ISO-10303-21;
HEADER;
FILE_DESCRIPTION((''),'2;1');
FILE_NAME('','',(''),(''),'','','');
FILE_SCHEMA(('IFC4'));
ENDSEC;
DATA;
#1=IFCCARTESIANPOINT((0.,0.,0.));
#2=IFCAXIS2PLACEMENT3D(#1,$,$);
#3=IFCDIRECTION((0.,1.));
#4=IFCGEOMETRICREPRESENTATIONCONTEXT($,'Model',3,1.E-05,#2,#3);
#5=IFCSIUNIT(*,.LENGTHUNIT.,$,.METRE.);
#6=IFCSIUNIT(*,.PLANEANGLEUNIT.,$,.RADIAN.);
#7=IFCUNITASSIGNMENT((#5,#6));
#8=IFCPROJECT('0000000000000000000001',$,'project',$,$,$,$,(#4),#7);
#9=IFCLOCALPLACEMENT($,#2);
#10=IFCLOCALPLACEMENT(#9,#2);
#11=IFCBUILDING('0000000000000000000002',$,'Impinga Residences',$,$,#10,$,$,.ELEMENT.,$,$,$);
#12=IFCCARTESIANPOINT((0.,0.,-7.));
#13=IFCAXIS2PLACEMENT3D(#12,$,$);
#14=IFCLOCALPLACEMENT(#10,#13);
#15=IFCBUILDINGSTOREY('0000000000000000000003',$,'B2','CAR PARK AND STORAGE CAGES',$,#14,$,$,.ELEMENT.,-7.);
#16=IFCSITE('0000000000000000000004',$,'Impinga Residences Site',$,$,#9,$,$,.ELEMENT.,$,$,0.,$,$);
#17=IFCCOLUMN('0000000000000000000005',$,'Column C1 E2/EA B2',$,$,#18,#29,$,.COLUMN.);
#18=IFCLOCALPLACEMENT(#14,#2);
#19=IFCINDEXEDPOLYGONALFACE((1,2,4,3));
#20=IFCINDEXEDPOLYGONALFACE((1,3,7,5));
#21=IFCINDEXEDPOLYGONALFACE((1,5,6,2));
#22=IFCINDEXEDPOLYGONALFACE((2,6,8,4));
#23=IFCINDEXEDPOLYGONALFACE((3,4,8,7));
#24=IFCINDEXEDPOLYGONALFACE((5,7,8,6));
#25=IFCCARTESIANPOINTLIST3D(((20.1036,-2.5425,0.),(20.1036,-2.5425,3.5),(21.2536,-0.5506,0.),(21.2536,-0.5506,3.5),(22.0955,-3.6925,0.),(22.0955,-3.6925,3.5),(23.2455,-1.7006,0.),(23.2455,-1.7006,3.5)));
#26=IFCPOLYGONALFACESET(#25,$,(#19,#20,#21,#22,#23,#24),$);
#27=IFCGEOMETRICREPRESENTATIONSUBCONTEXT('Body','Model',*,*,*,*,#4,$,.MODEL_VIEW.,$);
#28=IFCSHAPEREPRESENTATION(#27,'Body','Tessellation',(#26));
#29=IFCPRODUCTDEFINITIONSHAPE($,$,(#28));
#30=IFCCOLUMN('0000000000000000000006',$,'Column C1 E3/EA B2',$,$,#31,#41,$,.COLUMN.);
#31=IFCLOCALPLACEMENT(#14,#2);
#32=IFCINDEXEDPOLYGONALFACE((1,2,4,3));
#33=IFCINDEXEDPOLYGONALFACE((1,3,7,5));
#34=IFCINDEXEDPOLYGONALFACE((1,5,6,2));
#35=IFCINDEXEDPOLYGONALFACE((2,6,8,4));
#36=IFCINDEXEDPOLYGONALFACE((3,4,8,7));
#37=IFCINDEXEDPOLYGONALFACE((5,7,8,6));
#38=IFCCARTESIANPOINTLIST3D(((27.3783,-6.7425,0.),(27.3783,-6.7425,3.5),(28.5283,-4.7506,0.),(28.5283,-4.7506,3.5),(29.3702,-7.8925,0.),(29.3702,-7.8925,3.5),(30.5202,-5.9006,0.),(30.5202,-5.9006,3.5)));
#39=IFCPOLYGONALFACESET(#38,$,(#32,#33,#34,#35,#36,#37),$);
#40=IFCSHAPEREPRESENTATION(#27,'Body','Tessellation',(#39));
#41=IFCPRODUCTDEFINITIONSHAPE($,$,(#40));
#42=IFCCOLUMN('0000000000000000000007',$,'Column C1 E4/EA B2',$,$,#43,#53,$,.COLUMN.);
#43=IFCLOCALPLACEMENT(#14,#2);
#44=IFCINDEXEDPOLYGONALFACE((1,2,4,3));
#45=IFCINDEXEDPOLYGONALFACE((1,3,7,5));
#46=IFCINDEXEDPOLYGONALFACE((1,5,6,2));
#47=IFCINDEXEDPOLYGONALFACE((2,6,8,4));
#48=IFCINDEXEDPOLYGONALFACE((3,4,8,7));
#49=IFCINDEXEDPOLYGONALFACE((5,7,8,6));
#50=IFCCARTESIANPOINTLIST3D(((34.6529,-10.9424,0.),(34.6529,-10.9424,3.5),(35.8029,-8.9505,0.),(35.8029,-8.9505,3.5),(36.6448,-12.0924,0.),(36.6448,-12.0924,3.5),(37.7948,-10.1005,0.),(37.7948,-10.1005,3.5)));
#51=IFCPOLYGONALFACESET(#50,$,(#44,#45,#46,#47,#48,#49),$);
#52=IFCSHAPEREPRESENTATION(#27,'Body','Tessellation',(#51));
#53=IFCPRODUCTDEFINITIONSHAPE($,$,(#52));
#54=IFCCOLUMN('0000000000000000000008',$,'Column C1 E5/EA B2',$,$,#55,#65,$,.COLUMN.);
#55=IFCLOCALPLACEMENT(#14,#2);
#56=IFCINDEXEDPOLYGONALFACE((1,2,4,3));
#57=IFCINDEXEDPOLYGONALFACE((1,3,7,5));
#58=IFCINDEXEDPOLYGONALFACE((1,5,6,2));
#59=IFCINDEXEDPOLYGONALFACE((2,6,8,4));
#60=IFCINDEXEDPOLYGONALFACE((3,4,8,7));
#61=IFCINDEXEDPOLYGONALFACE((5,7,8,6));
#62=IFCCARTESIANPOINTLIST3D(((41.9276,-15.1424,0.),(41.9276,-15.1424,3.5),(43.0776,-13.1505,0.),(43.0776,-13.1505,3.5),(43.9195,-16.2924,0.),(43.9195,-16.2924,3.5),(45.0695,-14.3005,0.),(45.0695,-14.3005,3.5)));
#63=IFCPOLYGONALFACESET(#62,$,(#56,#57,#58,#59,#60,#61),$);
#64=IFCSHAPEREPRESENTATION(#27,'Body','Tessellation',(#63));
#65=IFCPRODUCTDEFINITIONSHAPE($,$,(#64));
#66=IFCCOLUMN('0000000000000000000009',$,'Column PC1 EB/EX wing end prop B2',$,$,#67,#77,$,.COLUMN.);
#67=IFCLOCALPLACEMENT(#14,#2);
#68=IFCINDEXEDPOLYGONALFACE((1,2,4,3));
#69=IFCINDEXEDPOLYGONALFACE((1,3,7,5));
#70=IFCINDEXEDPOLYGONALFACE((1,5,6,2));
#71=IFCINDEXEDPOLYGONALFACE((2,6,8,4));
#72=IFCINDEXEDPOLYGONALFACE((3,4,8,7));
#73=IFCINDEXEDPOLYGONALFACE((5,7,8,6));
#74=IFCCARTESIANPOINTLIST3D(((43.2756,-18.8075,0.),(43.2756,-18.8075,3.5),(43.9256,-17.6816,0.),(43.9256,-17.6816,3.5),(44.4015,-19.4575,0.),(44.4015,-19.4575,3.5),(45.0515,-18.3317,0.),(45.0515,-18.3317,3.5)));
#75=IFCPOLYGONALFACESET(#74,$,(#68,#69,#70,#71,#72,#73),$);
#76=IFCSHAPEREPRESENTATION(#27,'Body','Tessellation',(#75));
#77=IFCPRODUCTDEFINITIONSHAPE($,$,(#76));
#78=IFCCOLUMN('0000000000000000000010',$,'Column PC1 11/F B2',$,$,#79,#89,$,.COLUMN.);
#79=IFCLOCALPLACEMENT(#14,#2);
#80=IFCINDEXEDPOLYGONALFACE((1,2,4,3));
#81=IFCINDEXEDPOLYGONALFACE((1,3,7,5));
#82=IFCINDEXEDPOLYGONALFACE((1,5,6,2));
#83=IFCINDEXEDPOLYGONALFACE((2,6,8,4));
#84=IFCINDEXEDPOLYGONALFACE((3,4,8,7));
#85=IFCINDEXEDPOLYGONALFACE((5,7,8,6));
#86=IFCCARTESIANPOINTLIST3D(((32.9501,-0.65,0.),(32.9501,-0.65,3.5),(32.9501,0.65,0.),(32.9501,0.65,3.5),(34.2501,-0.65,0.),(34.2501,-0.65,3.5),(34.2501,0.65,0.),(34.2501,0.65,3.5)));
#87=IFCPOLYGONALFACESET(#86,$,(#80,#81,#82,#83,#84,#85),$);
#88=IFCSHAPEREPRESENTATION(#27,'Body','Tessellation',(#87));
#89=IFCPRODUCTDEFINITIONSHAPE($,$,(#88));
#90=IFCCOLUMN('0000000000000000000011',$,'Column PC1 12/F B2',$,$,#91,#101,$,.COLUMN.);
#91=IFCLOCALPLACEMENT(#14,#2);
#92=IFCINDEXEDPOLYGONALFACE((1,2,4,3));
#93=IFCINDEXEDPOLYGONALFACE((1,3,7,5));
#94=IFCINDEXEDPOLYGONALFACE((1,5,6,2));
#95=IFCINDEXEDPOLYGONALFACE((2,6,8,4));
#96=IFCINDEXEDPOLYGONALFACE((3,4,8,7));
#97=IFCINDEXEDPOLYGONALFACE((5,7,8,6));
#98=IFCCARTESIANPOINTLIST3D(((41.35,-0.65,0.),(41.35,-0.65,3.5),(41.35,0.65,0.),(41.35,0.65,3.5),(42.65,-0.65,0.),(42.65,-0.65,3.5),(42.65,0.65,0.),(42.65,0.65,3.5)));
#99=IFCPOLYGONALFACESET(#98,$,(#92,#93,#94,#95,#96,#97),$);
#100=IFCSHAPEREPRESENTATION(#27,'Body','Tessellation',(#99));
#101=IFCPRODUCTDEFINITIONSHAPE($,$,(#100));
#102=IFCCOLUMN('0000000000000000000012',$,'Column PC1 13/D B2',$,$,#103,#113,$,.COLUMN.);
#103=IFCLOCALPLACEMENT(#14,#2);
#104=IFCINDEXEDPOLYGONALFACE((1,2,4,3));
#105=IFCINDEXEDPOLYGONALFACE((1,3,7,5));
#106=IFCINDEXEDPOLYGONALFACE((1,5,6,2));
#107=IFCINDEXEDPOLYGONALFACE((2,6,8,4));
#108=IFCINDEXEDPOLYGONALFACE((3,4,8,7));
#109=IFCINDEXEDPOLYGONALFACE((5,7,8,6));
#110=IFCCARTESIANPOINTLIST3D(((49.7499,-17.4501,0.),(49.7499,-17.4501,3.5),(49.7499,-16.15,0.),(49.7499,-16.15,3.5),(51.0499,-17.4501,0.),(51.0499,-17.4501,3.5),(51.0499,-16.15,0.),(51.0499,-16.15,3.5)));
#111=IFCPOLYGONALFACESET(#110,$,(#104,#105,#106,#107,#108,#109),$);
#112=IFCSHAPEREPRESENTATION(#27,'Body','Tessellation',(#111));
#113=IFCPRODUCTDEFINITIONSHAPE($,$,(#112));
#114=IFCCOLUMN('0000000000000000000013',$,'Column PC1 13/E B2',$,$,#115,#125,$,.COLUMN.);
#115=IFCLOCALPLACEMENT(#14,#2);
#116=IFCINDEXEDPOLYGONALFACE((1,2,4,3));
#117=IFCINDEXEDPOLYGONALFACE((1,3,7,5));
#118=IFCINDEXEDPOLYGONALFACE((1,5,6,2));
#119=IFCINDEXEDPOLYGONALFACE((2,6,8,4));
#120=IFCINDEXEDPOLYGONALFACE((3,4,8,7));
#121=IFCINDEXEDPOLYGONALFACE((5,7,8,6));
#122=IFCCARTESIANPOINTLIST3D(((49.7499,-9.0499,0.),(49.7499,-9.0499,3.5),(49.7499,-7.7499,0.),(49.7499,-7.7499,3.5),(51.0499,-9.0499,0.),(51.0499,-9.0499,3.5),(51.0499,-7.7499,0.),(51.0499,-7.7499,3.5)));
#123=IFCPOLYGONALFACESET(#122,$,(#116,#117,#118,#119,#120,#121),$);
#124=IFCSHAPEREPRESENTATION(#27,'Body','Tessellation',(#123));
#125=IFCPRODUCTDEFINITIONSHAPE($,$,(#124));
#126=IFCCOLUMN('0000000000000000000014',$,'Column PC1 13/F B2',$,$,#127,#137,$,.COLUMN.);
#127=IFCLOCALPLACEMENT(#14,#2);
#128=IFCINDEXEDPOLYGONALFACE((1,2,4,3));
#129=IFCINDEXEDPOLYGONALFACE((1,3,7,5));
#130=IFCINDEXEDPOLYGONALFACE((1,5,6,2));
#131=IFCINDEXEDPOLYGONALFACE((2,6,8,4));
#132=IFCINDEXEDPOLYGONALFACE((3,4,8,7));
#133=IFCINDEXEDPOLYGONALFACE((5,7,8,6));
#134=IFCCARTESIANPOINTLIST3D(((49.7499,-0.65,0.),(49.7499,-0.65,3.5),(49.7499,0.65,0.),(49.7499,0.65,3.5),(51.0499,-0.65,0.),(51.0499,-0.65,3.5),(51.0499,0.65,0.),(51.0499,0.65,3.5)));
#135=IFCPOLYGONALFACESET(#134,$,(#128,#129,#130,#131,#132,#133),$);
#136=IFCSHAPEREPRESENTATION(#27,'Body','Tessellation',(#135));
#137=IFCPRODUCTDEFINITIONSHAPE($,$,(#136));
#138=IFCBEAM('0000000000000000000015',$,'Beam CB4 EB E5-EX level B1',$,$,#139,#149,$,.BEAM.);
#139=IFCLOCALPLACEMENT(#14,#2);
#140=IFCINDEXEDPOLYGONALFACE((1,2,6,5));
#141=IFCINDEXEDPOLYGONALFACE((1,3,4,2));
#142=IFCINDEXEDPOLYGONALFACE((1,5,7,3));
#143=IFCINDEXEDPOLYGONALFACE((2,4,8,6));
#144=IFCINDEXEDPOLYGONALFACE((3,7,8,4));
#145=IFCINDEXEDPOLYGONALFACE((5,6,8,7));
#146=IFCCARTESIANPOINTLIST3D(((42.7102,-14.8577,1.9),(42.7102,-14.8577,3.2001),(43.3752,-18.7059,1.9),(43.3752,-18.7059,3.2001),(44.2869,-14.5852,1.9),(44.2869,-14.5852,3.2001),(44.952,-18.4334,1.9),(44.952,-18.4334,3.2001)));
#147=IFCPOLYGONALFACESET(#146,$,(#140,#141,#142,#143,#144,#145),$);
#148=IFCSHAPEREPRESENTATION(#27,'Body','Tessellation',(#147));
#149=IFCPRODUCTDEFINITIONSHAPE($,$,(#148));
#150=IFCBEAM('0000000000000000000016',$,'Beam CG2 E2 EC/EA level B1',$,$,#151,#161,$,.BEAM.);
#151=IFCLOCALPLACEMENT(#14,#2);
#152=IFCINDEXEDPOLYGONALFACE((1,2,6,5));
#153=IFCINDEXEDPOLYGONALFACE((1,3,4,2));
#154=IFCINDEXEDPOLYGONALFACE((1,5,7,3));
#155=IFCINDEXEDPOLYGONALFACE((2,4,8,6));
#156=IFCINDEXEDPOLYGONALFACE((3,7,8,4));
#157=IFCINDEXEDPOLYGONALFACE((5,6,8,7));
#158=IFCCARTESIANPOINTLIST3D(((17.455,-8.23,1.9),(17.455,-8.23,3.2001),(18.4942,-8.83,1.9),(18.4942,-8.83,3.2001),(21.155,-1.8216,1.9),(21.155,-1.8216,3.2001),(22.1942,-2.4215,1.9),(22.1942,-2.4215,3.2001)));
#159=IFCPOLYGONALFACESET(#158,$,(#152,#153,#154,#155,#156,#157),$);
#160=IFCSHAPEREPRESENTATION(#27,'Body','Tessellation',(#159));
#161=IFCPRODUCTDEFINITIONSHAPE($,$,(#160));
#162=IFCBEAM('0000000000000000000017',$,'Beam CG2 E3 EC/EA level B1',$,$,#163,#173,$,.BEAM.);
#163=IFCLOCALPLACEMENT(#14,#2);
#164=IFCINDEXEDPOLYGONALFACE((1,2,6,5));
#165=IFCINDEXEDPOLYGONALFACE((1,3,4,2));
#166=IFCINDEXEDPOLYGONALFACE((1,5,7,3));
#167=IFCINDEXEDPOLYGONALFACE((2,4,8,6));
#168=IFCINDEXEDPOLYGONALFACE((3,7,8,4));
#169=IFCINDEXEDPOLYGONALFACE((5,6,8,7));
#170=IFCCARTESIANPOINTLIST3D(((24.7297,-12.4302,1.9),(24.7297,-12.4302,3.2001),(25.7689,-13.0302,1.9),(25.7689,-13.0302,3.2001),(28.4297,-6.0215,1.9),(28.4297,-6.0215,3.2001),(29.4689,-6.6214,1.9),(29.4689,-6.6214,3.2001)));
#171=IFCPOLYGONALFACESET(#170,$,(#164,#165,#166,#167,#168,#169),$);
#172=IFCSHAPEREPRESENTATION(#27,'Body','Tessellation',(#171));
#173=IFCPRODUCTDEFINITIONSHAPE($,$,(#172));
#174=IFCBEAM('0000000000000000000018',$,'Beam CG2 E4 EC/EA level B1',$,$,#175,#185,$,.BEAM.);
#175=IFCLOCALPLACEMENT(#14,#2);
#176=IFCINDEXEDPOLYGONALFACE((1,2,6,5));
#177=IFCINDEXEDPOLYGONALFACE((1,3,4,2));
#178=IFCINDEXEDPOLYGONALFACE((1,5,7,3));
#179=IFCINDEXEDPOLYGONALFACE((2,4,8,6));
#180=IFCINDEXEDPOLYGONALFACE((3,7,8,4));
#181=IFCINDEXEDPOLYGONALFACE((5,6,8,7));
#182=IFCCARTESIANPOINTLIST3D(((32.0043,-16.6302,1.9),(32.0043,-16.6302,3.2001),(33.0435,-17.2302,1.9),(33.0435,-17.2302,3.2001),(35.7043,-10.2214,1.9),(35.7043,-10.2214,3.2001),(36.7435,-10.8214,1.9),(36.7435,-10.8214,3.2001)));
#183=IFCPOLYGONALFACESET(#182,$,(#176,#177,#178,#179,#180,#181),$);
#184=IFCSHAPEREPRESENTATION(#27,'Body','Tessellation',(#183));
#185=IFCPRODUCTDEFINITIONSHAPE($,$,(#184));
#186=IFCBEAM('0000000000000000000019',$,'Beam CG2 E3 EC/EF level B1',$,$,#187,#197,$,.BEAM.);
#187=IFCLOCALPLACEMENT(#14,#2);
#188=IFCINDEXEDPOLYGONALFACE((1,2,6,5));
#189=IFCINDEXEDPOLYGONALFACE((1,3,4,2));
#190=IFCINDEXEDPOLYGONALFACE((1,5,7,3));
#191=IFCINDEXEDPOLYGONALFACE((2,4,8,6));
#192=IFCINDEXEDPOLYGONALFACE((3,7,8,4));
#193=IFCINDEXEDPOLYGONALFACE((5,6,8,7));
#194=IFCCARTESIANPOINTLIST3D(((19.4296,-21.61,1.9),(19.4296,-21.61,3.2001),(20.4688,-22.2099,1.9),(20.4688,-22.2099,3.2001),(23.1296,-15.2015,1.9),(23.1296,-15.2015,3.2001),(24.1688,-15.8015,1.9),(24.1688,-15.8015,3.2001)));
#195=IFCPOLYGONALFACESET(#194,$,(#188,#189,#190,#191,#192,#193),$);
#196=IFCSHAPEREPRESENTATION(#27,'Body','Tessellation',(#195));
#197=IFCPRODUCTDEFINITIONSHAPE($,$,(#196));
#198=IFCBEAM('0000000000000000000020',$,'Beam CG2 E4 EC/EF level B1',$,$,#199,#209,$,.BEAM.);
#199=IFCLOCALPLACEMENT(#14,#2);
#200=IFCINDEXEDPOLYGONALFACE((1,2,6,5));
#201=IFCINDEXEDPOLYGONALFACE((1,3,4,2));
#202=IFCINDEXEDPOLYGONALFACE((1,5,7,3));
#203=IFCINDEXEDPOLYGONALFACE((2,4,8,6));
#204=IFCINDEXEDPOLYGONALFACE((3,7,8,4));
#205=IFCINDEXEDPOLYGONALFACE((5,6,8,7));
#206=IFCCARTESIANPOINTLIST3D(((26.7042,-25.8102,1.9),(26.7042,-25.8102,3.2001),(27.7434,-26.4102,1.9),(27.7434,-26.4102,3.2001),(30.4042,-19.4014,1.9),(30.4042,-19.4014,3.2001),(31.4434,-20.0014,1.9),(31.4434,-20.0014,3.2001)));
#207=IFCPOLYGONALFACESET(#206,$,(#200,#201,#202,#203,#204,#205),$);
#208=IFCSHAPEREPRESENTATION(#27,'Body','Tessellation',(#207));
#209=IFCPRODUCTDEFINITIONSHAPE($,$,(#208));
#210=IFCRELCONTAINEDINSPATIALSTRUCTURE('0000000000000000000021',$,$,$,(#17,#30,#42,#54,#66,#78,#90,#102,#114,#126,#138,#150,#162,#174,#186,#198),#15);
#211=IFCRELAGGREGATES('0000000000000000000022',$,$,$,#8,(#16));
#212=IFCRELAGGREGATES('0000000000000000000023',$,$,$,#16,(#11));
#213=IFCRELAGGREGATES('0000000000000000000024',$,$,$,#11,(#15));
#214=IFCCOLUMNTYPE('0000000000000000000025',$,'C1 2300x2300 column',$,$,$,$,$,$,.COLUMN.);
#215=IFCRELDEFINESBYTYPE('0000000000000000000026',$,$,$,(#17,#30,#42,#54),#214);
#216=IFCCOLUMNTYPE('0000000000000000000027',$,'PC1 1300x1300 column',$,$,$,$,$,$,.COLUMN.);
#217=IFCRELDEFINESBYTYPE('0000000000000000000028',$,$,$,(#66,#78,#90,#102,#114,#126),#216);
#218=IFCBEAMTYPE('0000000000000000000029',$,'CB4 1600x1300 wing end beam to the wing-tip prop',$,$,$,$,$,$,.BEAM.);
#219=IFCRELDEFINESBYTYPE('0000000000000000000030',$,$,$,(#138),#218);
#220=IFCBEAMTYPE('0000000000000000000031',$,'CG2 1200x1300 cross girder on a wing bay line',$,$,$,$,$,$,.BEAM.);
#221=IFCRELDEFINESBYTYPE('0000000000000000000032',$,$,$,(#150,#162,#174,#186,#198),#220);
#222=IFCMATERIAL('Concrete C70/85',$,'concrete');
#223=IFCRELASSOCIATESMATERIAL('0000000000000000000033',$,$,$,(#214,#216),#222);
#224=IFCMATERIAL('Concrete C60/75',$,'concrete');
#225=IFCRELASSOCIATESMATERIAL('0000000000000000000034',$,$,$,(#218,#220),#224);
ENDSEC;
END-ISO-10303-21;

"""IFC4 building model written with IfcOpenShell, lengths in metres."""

from ifc_helpers import new_model, si_unit, direction, frame, origin, origin_2d, place, context, subcontext, project, spatial, rectangle, extrude, material, material_profile, profile_set, type_object, element, save


model = new_model("IFC4")

# Units and contexts
model_context = context("Model", 3, precision=1e-05, world=origin(), true_north=direction((0.0, 1.0)))
body_context = subcontext(model_context, "Body", "Model", "MODEL_VIEW")
ifc_project = project(units=[si_unit("LENGTHUNIT", "METRE"), si_unit("PLANEANGLEUNIT", "RADIAN")], contexts=[model_context])

# Site, building, storey
site_placement = place(None, origin())
site = spatial("IfcSite", under=ifc_project, at=site_placement, Name="Impinga Residences Site", CompositionType="ELEMENT", RefElevation=0.0)
building_placement = place(site_placement, origin())
building = spatial("IfcBuilding", under=site, at=building_placement, Name="Impinga Residences", CompositionType="ELEMENT")
storey_placement = place(building_placement, frame((0.0, 0.0, -7.0)))
storey = spatial("IfcBuildingStorey", under=building, at=storey_placement, Name="B2", Description="CAR PARK AND STORAGE CAGES", CompositionType="ELEMENT", Elevation=-7.0)

# Columns
ifc_material_1 = material(Name="Concrete C70/85", Category="concrete")
ifc_material_profile_1 = material_profile(ifc_material_1, rectangle(XDim=2.3, YDim=2.3, at=origin_2d()), Name="RC 2300x2300")
ifc_profile_set_1 = profile_set([ifc_material_profile_1], Name="Concrete C70/85")
column_type_1 = type_object("IfcColumnType", Name="C1 2300x2300 column", PredefinedType="COLUMN", material=ifc_profile_set_1)
for number, where, z_axis, x_axis, name in (
    (1, (21.6746, -2.1216, 0.0), (0.0, 0.0, 1.0), (-0.5, -0.866025, 0.0), "Column C1 E2/EA B2"),
    (2, (28.9492, -6.3215, 0.0), (0.0, 0.0, 1.0), (-0.5, -0.866025, 0.0), "Column C1 E3/EA B2"),
    (3, (36.2239, -10.5215, 0.0), (0.0, 0.0, 1.0), (-0.5, -0.866025, 0.0), "Column C1 E4/EA B2"),
    (4, (43.4985, -14.7214, 0.0), (0.0, 0.0, 1.0), (-0.5, -0.866025, 0.0), "Column C1 E5/EA B2"),
):
    element("IfcColumn", number, at=place(storey_placement, frame(where, z_axis=z_axis, x_axis=x_axis)), inside=storey, type_object=column_type_1, Name=name, PredefinedType="COLUMN", context=body_context, shape_type="SweptSolid", body=[
        extrude(rectangle(XDim=2.3, YDim=2.3, at=origin_2d()), origin(), (0.0, 0.0, 1.0), 3.5),
    ])
ifc_material_profile_2 = material_profile(ifc_material_1, rectangle(XDim=1.3, YDim=1.3, at=origin_2d()), Name="RC 1300x1300")
ifc_profile_set_2 = profile_set([ifc_material_profile_2], Name="Concrete C70/85")
column_type_2 = type_object("IfcColumnType", Name="PC1 1300x1300 column", PredefinedType="COLUMN", material=ifc_profile_set_2)
for number, where, z_axis, x_axis, name in (
    (5, (44.1636, -18.5696, 0.0), (0.0, 0.0, 1.0), (-0.5, -0.866025, 0.0), "Column PC1 EB/EX wing end prop B2"),
    (6, (33.6001, 0.0, 0.0), (0.0, 0.0, 1.0), (1.0, 0.0, 0.0), "Column PC1 11/F B2"),
    (7, (42.0, 0.0, 0.0), (0.0, 0.0, 1.0), (1.0, 0.0, 0.0), "Column PC1 12/F B2"),
    (8, (50.3999, -16.8, 0.0), (0.0, 0.0, 1.0), (1.0, 0.0, 0.0), "Column PC1 13/D B2"),
    (9, (50.3999, -8.3999, 0.0), (0.0, 0.0, 1.0), (1.0, 0.0, 0.0), "Column PC1 13/E B2"),
    (10, (50.3999, 0.0, 0.0), (0.0, 0.0, 1.0), (1.0, 0.0, 0.0), "Column PC1 13/F B2"),
):
    element("IfcColumn", number, at=place(storey_placement, frame(where, z_axis=z_axis, x_axis=x_axis)), inside=storey, type_object=column_type_2, Name=name, PredefinedType="COLUMN", context=body_context, shape_type="SweptSolid", body=[
        extrude(rectangle(XDim=1.3, YDim=1.3, at=origin_2d()), origin(), (0.0, 0.0, 1.0), 3.5),
    ])

# Beams
ifc_material_2 = material(Name="Concrete C60/75", Category="concrete")
ifc_material_profile_3 = material_profile(ifc_material_2, rectangle(XDim=1.6001, YDim=1.3, at=origin_2d()), Name="RC 1600x1300")
ifc_profile_set_3 = profile_set([ifc_material_profile_3], Name="Concrete C60/75")
beam_type_1 = type_object("IfcBeamType", Name="CB4 1600x1300 wing end beam to the wing-tip prop", PredefinedType="BEAM", material=ifc_profile_set_3)
beam_1_placement = place(storey_placement, frame((43.4985, -14.7214, 2.55), z_axis=(0.170296, -0.985393, 0.0), x_axis=(0.985393, 0.170296, 0.0)))
element("IfcBeam", 11, at=beam_1_placement, inside=storey, type_object=beam_type_1, Name="Beam CB4 EB E5-EX level B1", PredefinedType="BEAM", context=body_context, shape_type="SweptSolid", body=[
    extrude(rectangle(XDim=1.6001, YDim=1.3, at=origin_2d()), origin(), (0.0, 0.0, 1.0), 3.9053),
])
ifc_material_profile_4 = material_profile(ifc_material_2, rectangle(XDim=1.2, YDim=1.3, at=origin_2d()), Name="RC 1200x1300")
ifc_profile_set_4 = profile_set([ifc_material_profile_4], Name="Concrete C60/75")
beam_type_2 = type_object("IfcBeamType", Name="CG2 1200x1300 cross girder on a wing bay line", PredefinedType="BEAM", material=ifc_profile_set_4)
beam_2_placement = place(storey_placement, frame((17.9746, -8.53, 2.55), z_axis=(0.500003, 0.866024, 0.0), x_axis=(-0.866024, 0.500003, 0.0)))
element("IfcBeam", 12, at=beam_2_placement, inside=storey, type_object=beam_type_2, Name="Beam CG2 E2 EC/EA level B1", PredefinedType="BEAM", context=body_context, shape_type="SweptSolid", body=[
    extrude(rectangle(XDim=1.2, YDim=1.3, at=origin_2d()), origin(), (0.0, 0.0, 1.0), 7.3999),
])
for number, where, z_axis, x_axis, name in (
    (13, (25.2493, -12.7302, 2.55), (0.499989, 0.866032, 0.0), (-0.866032, 0.499989, 0.0), "Beam CG2 E3 EC/EA level B1"),
    (14, (32.5239, -16.9302, 2.55), (0.499989, 0.866032, 0.0), (-0.866032, 0.499989, 0.0), "Beam CG2 E4 EC/EA level B1"),
):
    element("IfcBeam", number, at=place(storey_placement, frame(where, z_axis=z_axis, x_axis=x_axis)), inside=storey, type_object=beam_type_2, Name=name, PredefinedType="BEAM", context=body_context, shape_type="SweptSolid", body=[
        extrude(rectangle(XDim=1.2, YDim=1.3, at=origin_2d()), origin(), (0.0, 0.0, 1.0), 7.4001),
    ])
beam_3_placement = place(storey_placement, frame((23.6492, -15.5015, 2.55), z_axis=(-0.500003, -0.866024, 0.0), x_axis=(0.866024, -0.500003, 0.0)))
element("IfcBeam", 15, at=beam_3_placement, inside=storey, type_object=beam_type_2, Name="Beam CG2 E3 EC/EF level B1", PredefinedType="BEAM", context=body_context, shape_type="SweptSolid", body=[
    extrude(rectangle(XDim=1.2, YDim=1.3, at=origin_2d()), origin(), (0.0, 0.0, 1.0), 7.3999),
])
beam_4_placement = place(storey_placement, frame((30.9238, -19.7014, 2.55), z_axis=(-0.499989, -0.866032, 0.0), x_axis=(0.866032, -0.499989, 0.0)))
element("IfcBeam", 16, at=beam_4_placement, inside=storey, type_object=beam_type_2, Name="Beam CG2 E4 EC/EF level B1", PredefinedType="BEAM", context=body_context, shape_type="SweptSolid", body=[
    extrude(rectangle(XDim=1.2, YDim=1.3, at=origin_2d()), origin(), (0.0, 0.0, 1.0), 7.4001),
])

save(model, "model.ifc")
